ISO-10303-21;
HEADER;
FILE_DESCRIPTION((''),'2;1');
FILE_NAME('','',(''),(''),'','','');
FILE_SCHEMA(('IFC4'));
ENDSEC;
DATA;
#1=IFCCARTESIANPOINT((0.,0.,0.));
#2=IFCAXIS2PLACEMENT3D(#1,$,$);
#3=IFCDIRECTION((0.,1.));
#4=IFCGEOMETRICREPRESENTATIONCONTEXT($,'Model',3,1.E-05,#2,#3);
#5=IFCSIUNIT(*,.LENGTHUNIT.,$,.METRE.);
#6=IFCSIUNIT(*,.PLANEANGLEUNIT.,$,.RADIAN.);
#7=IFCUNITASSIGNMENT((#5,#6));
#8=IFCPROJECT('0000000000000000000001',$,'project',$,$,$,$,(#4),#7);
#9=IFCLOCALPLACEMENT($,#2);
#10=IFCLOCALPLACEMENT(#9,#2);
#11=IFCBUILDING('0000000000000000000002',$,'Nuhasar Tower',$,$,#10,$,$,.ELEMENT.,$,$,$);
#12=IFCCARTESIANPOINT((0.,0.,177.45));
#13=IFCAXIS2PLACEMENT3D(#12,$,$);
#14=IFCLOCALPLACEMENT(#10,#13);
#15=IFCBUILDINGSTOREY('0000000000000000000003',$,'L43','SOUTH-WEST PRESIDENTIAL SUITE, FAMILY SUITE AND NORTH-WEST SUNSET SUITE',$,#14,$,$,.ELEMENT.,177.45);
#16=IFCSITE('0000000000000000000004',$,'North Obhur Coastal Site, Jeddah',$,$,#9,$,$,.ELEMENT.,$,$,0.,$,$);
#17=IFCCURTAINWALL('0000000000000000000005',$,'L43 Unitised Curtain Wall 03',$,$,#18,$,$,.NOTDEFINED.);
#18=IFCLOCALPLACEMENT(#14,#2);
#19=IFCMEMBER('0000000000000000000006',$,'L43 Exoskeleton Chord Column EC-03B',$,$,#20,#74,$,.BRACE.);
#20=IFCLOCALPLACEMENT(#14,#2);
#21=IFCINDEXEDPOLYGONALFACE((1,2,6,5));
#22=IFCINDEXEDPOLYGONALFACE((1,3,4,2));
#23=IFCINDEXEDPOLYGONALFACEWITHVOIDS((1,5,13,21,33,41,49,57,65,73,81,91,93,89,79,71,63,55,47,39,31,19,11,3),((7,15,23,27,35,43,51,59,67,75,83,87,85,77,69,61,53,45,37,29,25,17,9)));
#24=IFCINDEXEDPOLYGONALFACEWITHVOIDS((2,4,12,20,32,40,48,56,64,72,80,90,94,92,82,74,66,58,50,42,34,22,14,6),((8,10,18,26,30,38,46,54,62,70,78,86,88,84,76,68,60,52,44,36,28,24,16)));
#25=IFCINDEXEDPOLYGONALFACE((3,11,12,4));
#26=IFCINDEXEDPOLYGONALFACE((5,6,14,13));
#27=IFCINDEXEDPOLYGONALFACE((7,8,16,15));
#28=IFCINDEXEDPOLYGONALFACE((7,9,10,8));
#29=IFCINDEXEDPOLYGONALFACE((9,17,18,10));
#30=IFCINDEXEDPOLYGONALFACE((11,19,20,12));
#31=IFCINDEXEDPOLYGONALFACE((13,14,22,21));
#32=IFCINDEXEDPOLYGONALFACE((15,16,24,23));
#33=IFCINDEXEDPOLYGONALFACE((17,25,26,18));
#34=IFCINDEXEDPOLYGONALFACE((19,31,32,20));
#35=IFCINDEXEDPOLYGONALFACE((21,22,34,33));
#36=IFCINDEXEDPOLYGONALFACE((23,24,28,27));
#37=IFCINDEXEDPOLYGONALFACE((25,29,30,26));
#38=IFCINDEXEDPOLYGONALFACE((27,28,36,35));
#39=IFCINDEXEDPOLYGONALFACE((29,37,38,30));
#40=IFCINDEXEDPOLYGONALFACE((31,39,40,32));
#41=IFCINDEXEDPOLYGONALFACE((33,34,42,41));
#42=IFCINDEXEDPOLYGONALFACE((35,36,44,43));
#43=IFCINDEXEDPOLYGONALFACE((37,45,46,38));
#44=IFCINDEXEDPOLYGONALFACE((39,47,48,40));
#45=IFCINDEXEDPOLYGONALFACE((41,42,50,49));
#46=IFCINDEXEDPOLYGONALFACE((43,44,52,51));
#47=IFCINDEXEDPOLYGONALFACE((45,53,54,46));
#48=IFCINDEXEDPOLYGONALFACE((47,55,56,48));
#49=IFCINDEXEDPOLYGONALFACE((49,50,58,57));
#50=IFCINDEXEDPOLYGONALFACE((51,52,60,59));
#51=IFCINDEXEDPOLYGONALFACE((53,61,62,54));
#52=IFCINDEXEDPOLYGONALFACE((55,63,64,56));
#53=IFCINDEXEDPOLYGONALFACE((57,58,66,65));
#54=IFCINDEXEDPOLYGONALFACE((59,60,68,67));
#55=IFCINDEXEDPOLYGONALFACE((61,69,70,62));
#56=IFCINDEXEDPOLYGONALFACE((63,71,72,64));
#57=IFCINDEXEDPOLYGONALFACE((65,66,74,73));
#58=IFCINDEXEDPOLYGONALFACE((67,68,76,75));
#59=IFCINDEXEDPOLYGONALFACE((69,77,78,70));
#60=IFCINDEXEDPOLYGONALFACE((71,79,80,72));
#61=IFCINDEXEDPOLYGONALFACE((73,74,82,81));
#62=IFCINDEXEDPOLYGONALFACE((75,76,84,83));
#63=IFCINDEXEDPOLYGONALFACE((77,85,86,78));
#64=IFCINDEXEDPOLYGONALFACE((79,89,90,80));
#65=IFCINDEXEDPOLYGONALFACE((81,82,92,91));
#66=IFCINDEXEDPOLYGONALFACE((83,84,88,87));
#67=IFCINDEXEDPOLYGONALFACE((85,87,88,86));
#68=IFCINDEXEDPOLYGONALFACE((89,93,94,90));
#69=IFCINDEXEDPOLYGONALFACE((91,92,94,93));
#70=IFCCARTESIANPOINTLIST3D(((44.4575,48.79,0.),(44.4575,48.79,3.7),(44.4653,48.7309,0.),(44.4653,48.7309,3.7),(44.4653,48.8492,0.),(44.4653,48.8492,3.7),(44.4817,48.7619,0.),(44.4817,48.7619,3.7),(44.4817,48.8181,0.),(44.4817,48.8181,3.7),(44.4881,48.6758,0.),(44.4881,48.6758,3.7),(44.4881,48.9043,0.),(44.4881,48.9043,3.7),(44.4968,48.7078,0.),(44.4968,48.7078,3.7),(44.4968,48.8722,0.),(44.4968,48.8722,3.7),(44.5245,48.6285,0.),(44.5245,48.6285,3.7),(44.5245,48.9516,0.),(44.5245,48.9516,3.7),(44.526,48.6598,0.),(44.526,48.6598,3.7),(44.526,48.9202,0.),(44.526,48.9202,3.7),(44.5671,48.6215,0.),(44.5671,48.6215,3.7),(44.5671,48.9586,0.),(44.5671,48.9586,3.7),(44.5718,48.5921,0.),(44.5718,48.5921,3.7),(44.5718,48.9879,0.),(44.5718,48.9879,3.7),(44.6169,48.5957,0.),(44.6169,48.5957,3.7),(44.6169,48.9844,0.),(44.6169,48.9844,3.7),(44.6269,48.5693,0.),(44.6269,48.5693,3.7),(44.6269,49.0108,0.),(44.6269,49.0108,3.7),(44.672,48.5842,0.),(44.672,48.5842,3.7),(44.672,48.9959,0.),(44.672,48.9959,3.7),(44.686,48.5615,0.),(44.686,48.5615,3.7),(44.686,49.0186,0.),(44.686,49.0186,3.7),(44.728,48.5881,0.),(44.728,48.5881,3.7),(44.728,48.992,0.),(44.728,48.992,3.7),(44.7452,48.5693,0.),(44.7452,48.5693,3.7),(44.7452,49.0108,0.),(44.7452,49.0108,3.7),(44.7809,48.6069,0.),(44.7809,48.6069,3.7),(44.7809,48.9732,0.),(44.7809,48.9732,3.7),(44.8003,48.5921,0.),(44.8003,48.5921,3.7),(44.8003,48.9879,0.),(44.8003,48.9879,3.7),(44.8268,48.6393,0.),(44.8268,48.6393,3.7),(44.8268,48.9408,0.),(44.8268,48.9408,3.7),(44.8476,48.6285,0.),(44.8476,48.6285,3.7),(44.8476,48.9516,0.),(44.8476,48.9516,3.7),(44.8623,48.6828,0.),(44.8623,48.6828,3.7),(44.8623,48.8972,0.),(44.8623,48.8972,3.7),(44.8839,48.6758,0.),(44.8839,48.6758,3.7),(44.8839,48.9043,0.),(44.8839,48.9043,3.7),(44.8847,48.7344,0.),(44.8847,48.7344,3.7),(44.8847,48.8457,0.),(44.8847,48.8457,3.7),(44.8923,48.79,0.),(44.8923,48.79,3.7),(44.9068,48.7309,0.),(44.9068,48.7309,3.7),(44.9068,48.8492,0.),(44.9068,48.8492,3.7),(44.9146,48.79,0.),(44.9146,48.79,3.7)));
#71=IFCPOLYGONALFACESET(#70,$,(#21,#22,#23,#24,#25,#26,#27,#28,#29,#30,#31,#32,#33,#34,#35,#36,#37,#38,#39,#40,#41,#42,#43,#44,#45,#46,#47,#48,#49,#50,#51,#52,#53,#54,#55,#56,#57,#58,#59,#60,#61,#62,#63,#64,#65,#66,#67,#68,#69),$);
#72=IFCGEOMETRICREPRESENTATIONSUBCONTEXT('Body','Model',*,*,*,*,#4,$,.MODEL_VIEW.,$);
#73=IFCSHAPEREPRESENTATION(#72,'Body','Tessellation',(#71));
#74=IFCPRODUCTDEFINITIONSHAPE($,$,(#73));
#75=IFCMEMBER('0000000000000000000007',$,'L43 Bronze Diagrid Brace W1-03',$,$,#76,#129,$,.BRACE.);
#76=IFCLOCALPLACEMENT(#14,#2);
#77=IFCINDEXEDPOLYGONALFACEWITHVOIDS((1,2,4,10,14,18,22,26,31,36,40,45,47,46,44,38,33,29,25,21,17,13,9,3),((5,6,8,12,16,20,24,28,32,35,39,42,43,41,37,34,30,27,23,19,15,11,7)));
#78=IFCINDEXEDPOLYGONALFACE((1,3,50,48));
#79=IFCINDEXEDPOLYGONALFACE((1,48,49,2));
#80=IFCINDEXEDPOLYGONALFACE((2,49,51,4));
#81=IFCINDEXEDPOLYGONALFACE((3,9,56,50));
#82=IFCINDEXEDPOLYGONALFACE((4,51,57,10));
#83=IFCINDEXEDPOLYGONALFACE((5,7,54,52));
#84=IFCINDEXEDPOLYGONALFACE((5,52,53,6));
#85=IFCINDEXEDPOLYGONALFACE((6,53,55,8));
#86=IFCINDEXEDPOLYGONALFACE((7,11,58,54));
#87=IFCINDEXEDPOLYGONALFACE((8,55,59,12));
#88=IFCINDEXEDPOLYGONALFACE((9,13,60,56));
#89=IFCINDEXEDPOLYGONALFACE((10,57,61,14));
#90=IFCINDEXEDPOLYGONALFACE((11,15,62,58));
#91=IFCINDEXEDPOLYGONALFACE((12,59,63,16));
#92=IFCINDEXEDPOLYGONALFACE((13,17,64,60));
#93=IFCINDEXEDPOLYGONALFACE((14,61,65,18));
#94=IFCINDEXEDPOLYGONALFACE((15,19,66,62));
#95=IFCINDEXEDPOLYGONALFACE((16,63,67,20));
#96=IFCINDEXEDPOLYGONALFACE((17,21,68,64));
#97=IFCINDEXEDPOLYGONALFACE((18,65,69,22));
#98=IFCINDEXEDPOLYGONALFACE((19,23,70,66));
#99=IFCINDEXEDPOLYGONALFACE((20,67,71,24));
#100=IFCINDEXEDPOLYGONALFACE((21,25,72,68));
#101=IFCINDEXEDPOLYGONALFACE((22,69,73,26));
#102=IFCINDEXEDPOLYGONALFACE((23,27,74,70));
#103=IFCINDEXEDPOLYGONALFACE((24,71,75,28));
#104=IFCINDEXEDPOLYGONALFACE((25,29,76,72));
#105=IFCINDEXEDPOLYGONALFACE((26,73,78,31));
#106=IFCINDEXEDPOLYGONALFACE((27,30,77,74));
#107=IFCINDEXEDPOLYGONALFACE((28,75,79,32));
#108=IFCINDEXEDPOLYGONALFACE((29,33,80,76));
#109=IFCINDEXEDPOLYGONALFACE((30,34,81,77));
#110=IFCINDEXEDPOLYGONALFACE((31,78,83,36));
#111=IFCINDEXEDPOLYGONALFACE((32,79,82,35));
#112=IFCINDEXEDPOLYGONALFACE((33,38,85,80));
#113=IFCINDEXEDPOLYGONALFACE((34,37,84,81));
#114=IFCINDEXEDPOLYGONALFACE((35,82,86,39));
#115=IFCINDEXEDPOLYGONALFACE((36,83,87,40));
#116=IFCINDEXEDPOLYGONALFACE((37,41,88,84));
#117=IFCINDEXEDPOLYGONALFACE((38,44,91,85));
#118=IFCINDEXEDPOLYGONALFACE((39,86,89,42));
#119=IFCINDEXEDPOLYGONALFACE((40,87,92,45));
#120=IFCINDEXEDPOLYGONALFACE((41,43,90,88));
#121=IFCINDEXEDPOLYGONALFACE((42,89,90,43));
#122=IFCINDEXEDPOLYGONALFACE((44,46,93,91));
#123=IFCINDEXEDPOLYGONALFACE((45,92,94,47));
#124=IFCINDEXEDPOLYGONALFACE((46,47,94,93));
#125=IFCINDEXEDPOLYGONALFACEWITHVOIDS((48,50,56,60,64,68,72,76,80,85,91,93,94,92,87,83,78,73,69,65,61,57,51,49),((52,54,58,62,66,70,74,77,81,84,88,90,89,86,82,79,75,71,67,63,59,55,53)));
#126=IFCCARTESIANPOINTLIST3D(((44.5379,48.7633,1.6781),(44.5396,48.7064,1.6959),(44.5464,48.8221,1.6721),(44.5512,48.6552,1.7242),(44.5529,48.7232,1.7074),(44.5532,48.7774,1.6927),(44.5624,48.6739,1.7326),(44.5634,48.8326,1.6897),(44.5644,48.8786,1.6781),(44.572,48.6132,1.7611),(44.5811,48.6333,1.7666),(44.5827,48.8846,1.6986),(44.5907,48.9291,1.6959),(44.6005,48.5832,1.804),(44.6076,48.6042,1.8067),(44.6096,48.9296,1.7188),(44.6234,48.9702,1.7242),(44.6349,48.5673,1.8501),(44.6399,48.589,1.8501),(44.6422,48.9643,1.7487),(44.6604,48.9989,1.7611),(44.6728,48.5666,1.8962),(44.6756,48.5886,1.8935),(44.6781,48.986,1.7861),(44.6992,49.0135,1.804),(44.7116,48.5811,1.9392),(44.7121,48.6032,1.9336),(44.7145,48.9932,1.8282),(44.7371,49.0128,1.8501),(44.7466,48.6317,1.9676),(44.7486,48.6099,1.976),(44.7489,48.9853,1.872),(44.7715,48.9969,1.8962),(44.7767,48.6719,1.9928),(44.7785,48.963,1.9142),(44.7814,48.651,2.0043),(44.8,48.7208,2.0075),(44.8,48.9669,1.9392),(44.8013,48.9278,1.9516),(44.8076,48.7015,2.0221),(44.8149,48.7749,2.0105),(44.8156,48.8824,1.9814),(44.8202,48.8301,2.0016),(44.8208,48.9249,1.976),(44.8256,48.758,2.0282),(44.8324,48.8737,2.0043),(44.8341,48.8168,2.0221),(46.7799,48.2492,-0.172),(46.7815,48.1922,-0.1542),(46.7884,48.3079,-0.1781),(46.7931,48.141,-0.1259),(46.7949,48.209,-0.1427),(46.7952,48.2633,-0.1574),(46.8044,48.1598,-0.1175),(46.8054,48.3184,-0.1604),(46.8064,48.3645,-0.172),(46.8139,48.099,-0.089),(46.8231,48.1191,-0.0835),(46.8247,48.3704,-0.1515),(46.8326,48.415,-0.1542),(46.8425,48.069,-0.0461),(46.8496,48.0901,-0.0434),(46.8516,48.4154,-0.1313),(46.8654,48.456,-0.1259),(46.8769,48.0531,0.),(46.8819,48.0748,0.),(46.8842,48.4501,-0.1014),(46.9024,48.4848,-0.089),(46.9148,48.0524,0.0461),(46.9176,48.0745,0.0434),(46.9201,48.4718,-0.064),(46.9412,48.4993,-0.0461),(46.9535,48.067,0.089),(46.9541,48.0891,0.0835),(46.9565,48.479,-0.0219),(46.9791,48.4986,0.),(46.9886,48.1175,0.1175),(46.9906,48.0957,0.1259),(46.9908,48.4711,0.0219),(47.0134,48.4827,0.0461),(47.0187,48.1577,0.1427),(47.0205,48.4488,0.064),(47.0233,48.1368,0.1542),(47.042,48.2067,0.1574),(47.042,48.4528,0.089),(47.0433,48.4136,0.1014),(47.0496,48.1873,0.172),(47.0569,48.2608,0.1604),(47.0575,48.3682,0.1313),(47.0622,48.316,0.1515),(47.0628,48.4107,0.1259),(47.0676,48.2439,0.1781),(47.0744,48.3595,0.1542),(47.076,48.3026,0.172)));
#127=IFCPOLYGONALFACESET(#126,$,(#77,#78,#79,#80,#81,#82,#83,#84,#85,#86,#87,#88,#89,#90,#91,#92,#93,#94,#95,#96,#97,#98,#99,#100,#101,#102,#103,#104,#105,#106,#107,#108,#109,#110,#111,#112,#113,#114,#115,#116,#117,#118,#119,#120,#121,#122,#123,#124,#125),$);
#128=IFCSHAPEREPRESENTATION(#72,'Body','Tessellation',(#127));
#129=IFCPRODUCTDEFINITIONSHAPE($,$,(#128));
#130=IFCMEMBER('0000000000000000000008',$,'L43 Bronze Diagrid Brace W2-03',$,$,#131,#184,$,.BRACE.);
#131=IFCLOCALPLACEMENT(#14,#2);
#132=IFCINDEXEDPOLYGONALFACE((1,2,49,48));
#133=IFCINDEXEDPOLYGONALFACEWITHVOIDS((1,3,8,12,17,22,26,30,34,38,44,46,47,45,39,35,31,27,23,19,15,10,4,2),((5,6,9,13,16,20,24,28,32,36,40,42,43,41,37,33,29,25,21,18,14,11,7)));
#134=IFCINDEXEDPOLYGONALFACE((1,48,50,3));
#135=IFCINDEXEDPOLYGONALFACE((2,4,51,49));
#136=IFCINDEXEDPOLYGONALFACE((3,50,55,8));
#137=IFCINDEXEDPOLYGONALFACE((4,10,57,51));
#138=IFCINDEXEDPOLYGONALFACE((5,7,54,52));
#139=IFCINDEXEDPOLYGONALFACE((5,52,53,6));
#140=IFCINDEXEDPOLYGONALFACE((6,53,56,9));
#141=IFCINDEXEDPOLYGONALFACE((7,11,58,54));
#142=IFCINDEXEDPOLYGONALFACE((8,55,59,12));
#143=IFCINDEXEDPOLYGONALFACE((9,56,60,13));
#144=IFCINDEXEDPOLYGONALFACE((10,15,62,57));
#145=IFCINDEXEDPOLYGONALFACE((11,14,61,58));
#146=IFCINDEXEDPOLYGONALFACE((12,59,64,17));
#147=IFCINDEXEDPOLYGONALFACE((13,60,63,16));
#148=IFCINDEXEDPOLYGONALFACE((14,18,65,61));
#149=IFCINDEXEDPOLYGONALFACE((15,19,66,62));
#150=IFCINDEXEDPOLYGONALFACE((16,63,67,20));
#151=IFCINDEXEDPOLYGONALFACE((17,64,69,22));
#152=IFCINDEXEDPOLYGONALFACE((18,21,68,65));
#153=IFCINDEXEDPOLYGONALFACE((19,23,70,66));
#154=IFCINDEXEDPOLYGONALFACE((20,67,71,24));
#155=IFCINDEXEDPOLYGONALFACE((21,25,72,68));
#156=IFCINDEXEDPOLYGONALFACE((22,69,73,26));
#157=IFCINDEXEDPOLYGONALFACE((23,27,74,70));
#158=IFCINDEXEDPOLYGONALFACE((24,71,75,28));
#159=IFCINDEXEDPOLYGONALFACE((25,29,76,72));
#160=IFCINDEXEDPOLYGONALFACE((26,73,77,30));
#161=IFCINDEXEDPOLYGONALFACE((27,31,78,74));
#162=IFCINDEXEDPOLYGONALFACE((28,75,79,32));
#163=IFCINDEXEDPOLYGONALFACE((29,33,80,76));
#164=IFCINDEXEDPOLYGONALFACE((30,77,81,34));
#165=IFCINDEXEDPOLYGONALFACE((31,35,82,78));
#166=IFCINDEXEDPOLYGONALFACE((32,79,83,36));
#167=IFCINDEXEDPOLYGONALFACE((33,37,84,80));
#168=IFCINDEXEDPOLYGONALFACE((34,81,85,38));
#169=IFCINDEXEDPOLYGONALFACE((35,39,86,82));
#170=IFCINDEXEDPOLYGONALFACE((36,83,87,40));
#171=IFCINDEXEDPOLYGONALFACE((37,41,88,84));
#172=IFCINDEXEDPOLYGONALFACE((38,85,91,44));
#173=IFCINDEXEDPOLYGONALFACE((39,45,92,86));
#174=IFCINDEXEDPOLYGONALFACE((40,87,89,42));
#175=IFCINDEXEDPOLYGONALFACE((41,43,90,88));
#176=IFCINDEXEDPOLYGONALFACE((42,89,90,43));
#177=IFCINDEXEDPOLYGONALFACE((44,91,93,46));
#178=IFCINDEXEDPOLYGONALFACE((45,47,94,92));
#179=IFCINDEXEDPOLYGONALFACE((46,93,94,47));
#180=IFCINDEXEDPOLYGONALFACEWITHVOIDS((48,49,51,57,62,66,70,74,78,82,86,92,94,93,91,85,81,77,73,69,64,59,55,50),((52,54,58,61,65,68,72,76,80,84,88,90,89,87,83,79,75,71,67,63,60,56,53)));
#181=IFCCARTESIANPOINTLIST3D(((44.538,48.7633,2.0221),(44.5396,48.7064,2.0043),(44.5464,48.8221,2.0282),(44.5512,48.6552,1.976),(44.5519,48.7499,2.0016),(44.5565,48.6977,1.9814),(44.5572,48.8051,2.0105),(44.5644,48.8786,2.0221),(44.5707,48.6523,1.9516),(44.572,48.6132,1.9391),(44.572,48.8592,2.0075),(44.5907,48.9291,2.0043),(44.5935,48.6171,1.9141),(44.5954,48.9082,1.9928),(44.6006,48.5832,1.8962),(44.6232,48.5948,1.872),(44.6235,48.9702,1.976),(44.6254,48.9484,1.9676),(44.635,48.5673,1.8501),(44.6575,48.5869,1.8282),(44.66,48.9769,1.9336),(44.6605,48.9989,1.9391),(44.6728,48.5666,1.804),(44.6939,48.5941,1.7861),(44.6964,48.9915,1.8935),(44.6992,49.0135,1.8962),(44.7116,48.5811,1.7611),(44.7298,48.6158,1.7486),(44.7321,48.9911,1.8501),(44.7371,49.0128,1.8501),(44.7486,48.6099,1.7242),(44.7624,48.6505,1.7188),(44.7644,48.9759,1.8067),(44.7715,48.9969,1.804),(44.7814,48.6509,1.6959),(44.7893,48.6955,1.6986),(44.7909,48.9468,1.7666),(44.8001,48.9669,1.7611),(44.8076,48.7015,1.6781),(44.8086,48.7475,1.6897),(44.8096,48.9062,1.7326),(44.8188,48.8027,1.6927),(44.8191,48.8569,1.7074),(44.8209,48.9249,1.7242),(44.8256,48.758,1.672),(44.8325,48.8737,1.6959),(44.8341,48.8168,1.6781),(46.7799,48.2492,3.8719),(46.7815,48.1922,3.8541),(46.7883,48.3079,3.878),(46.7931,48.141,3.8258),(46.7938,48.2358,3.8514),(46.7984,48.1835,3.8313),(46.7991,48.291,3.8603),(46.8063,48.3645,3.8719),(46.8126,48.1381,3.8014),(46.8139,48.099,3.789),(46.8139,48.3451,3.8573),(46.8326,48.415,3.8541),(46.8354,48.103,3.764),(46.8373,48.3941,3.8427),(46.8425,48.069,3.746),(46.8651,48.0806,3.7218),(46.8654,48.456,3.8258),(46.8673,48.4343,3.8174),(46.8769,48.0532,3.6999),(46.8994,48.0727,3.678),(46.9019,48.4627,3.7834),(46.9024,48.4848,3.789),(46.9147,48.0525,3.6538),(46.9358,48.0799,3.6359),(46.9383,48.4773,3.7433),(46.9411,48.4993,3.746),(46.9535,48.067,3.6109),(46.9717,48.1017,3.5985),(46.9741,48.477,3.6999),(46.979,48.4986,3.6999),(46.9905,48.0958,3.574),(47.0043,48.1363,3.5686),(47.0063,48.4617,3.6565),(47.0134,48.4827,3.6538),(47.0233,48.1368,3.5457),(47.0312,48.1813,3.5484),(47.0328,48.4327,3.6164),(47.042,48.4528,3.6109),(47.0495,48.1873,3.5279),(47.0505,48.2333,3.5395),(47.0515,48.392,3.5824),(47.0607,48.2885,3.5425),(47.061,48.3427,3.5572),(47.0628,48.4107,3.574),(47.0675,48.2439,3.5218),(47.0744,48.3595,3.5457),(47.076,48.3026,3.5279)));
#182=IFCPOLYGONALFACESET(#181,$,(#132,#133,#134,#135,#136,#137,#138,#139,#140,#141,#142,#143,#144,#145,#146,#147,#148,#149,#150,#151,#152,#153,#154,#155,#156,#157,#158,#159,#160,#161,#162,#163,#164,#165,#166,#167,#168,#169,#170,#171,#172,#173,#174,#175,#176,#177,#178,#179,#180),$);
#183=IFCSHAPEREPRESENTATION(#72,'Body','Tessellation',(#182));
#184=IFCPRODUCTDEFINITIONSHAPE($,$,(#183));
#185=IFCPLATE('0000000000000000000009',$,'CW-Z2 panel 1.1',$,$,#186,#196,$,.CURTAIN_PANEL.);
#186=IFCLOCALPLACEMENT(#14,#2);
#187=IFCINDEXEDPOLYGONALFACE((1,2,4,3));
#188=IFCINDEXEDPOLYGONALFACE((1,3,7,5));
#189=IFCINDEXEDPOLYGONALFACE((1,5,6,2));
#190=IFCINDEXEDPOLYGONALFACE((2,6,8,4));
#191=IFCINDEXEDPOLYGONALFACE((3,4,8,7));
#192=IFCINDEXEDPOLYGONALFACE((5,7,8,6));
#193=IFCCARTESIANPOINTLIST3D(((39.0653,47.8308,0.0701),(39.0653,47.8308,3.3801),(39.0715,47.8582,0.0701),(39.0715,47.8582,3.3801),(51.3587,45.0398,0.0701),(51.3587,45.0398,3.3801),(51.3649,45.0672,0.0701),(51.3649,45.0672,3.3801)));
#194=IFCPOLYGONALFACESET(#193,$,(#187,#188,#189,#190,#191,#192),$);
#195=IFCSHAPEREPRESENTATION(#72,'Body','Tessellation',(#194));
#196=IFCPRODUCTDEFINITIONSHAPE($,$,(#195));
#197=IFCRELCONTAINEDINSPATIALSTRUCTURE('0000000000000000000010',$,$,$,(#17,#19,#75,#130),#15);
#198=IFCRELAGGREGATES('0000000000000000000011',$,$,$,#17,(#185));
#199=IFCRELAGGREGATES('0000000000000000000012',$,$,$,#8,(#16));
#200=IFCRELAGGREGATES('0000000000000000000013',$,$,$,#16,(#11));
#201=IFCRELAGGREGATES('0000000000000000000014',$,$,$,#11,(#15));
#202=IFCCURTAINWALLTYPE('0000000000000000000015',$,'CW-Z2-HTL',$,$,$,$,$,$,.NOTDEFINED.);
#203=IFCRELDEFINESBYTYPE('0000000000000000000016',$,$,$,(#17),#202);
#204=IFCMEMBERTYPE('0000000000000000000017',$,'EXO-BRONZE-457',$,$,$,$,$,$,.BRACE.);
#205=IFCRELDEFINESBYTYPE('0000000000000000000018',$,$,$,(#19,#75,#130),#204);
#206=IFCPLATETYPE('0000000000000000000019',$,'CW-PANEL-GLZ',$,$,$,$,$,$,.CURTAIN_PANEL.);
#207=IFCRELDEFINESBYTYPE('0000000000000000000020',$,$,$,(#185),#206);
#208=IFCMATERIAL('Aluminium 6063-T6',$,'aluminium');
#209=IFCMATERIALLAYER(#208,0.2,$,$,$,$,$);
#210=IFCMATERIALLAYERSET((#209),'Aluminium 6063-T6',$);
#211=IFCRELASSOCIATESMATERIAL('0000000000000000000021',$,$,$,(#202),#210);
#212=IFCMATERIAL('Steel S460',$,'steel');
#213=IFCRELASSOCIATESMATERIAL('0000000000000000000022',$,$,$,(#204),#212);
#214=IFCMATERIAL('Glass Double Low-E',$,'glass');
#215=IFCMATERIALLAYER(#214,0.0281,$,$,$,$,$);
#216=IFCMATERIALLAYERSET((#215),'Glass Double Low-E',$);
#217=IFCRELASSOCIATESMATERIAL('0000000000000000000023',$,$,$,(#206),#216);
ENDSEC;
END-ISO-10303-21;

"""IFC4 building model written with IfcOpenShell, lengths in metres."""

from ifc_helpers import new_model, si_unit, direction, frame, origin, origin_2d, place, context, subcontext, project, spatial, rectangle, hollow_circle, extrude, material, layer, layer_set, material_profile, profile_set, type_object, element, aggregate, save


model = new_model("IFC4")

# Units and contexts
model_context = context("Model", 3, precision=1e-05, world=origin(), true_north=direction((0.0, 1.0)))
body_context = subcontext(model_context, "Body", "Model", "MODEL_VIEW")
ifc_project = project(units=[si_unit("LENGTHUNIT", "METRE"), si_unit("PLANEANGLEUNIT", "RADIAN")], contexts=[model_context])

# Site, building, storey
site_placement = place(None, origin())
site = spatial("IfcSite", under=ifc_project, at=site_placement, Name="North Obhur Coastal Site, Jeddah", CompositionType="ELEMENT", RefElevation=0.0)
building_placement = place(site_placement, origin())
building = spatial("IfcBuilding", under=site, at=building_placement, Name="Nuhasar Tower", CompositionType="ELEMENT")
storey_placement = place(building_placement, frame((0.0, 0.0, 177.45)))
storey = spatial("IfcBuildingStorey", under=building, at=storey_placement, Name="L43", Description="SOUTH-WEST PRESIDENTIAL SUITE, FAMILY SUITE AND NORTH-WEST SUNSET SUITE", CompositionType="ELEMENT", Elevation=177.45)

# Curtain wall
ifc_material_1 = material(Name="Aluminium 6063-T6", Category="aluminium")
ifc_layer_1 = layer(ifc_material_1, 0.2)
ifc_layer_set_1 = layer_set([ifc_layer_1], Name="Aluminium 6063-T6")
curtain_wall_type = type_object("IfcCurtainWallType", Name="CW-Z2-HTL", PredefinedType="NOTDEFINED", material=ifc_layer_set_1)
curtain_wall_1_placement = place(storey_placement, origin())
curtain_wall_1 = element("IfcCurtainWall", 1, at=curtain_wall_1_placement, inside=storey, type_object=curtain_wall_type, Name="L43 Unitised Curtain Wall 03", PredefinedType="NOTDEFINED")

# Members
ifc_material_2 = material(Name="Steel S460", Category="steel")
ifc_material_profile_1 = material_profile(ifc_material_2, hollow_circle(Radius=0.2285, WallThickness=0.0222, at=origin_2d()), Name="HSS457X22.2")
ifc_profile_set_1 = profile_set([ifc_material_profile_1], Name="Steel S460")
member_type_1 = type_object("IfcMemberType", Name="EXO-BRONZE-457", PredefinedType="BRACE", material=ifc_profile_set_1)
for number, where, z_axis, x_axis, name in (
    (2, (44.686, 48.79, 0.0), (0.0, 0.0, 1.0), (1.0, 0.0, 0.0), "L43 Exoskeleton Chord Column EC-03B"),
):
    element("IfcMember", number, at=place(storey_placement, frame(where, z_axis=z_axis, x_axis=x_axis)), inside=storey, type_object=member_type_1, Name=name, PredefinedType="BRACE", context=body_context, shape_type="SweptSolid", body=[
        extrude(hollow_circle(Radius=0.2285, WallThickness=0.0222, at=origin_2d()), origin(), (0.0, 0.0, 1.0), 3.7),
    ])
member_1_placement = place(storey_placement, frame((46.928, 48.2759, 0.0), z_axis=(-0.7595, 0.174181, 0.626755), x_axis=(-0.223534, -0.974696, 0.0)))
element("IfcMember", 3, at=member_1_placement, inside=storey, type_object=member_type_1, Name="L43 Bronze Diagrid Brace W1-03", PredefinedType="BRACE", context=body_context, shape_type="SweptSolid", body=[
    extrude(hollow_circle(Radius=0.2285, WallThickness=0.0222, at=origin_2d()), origin(), (0.0, 0.0, 1.0), 2.9519),
])
member_2_placement = place(storey_placement, frame((44.686, 48.79, 1.8501), z_axis=(0.759539, -0.17419, 0.626704), x_axis=(0.223534, 0.974696, 0.0)))
element("IfcMember", 4, at=member_2_placement, inside=storey, type_object=member_type_1, Name="L43 Bronze Diagrid Brace W2-03", PredefinedType="BRACE", context=body_context, shape_type="SweptSolid", body=[
    extrude(hollow_circle(Radius=0.2285, WallThickness=0.0222, at=origin_2d()), origin(), (0.0, 0.0, 1.0), 2.9517),
])

# Plate
ifc_material_3 = material(Name="Glass Double Low-E", Category="glass")
ifc_layer_2 = layer(ifc_material_3, 0.0281)
ifc_layer_set_2 = layer_set([ifc_layer_2], Name="Glass Double Low-E")
plate_type = type_object("IfcPlateType", Name="CW-PANEL-GLZ", PredefinedType="CURTAIN_PANEL", material=ifc_layer_set_2)
plate_placement = place(storey_placement, frame((45.2151, 46.449, 0.0701), z_axis=(0.0, 0.0, 1.0), x_axis=(-0.975184, 0.221397, 0.0)))
plate = element("IfcPlate", 5, at=plate_placement, type_object=plate_type, Name="CW-Z2 panel 1.1", PredefinedType="CURTAIN_PANEL", context=body_context, shape_type="SweptSolid", body=[
    extrude(rectangle(XDim=12.6062, YDim=0.0281, at=origin_2d()), origin(), (0.0, 0.0, 1.0), 3.3101),
])
aggregate(curtain_wall_1, [plate])

save(model, "model.ifc")
